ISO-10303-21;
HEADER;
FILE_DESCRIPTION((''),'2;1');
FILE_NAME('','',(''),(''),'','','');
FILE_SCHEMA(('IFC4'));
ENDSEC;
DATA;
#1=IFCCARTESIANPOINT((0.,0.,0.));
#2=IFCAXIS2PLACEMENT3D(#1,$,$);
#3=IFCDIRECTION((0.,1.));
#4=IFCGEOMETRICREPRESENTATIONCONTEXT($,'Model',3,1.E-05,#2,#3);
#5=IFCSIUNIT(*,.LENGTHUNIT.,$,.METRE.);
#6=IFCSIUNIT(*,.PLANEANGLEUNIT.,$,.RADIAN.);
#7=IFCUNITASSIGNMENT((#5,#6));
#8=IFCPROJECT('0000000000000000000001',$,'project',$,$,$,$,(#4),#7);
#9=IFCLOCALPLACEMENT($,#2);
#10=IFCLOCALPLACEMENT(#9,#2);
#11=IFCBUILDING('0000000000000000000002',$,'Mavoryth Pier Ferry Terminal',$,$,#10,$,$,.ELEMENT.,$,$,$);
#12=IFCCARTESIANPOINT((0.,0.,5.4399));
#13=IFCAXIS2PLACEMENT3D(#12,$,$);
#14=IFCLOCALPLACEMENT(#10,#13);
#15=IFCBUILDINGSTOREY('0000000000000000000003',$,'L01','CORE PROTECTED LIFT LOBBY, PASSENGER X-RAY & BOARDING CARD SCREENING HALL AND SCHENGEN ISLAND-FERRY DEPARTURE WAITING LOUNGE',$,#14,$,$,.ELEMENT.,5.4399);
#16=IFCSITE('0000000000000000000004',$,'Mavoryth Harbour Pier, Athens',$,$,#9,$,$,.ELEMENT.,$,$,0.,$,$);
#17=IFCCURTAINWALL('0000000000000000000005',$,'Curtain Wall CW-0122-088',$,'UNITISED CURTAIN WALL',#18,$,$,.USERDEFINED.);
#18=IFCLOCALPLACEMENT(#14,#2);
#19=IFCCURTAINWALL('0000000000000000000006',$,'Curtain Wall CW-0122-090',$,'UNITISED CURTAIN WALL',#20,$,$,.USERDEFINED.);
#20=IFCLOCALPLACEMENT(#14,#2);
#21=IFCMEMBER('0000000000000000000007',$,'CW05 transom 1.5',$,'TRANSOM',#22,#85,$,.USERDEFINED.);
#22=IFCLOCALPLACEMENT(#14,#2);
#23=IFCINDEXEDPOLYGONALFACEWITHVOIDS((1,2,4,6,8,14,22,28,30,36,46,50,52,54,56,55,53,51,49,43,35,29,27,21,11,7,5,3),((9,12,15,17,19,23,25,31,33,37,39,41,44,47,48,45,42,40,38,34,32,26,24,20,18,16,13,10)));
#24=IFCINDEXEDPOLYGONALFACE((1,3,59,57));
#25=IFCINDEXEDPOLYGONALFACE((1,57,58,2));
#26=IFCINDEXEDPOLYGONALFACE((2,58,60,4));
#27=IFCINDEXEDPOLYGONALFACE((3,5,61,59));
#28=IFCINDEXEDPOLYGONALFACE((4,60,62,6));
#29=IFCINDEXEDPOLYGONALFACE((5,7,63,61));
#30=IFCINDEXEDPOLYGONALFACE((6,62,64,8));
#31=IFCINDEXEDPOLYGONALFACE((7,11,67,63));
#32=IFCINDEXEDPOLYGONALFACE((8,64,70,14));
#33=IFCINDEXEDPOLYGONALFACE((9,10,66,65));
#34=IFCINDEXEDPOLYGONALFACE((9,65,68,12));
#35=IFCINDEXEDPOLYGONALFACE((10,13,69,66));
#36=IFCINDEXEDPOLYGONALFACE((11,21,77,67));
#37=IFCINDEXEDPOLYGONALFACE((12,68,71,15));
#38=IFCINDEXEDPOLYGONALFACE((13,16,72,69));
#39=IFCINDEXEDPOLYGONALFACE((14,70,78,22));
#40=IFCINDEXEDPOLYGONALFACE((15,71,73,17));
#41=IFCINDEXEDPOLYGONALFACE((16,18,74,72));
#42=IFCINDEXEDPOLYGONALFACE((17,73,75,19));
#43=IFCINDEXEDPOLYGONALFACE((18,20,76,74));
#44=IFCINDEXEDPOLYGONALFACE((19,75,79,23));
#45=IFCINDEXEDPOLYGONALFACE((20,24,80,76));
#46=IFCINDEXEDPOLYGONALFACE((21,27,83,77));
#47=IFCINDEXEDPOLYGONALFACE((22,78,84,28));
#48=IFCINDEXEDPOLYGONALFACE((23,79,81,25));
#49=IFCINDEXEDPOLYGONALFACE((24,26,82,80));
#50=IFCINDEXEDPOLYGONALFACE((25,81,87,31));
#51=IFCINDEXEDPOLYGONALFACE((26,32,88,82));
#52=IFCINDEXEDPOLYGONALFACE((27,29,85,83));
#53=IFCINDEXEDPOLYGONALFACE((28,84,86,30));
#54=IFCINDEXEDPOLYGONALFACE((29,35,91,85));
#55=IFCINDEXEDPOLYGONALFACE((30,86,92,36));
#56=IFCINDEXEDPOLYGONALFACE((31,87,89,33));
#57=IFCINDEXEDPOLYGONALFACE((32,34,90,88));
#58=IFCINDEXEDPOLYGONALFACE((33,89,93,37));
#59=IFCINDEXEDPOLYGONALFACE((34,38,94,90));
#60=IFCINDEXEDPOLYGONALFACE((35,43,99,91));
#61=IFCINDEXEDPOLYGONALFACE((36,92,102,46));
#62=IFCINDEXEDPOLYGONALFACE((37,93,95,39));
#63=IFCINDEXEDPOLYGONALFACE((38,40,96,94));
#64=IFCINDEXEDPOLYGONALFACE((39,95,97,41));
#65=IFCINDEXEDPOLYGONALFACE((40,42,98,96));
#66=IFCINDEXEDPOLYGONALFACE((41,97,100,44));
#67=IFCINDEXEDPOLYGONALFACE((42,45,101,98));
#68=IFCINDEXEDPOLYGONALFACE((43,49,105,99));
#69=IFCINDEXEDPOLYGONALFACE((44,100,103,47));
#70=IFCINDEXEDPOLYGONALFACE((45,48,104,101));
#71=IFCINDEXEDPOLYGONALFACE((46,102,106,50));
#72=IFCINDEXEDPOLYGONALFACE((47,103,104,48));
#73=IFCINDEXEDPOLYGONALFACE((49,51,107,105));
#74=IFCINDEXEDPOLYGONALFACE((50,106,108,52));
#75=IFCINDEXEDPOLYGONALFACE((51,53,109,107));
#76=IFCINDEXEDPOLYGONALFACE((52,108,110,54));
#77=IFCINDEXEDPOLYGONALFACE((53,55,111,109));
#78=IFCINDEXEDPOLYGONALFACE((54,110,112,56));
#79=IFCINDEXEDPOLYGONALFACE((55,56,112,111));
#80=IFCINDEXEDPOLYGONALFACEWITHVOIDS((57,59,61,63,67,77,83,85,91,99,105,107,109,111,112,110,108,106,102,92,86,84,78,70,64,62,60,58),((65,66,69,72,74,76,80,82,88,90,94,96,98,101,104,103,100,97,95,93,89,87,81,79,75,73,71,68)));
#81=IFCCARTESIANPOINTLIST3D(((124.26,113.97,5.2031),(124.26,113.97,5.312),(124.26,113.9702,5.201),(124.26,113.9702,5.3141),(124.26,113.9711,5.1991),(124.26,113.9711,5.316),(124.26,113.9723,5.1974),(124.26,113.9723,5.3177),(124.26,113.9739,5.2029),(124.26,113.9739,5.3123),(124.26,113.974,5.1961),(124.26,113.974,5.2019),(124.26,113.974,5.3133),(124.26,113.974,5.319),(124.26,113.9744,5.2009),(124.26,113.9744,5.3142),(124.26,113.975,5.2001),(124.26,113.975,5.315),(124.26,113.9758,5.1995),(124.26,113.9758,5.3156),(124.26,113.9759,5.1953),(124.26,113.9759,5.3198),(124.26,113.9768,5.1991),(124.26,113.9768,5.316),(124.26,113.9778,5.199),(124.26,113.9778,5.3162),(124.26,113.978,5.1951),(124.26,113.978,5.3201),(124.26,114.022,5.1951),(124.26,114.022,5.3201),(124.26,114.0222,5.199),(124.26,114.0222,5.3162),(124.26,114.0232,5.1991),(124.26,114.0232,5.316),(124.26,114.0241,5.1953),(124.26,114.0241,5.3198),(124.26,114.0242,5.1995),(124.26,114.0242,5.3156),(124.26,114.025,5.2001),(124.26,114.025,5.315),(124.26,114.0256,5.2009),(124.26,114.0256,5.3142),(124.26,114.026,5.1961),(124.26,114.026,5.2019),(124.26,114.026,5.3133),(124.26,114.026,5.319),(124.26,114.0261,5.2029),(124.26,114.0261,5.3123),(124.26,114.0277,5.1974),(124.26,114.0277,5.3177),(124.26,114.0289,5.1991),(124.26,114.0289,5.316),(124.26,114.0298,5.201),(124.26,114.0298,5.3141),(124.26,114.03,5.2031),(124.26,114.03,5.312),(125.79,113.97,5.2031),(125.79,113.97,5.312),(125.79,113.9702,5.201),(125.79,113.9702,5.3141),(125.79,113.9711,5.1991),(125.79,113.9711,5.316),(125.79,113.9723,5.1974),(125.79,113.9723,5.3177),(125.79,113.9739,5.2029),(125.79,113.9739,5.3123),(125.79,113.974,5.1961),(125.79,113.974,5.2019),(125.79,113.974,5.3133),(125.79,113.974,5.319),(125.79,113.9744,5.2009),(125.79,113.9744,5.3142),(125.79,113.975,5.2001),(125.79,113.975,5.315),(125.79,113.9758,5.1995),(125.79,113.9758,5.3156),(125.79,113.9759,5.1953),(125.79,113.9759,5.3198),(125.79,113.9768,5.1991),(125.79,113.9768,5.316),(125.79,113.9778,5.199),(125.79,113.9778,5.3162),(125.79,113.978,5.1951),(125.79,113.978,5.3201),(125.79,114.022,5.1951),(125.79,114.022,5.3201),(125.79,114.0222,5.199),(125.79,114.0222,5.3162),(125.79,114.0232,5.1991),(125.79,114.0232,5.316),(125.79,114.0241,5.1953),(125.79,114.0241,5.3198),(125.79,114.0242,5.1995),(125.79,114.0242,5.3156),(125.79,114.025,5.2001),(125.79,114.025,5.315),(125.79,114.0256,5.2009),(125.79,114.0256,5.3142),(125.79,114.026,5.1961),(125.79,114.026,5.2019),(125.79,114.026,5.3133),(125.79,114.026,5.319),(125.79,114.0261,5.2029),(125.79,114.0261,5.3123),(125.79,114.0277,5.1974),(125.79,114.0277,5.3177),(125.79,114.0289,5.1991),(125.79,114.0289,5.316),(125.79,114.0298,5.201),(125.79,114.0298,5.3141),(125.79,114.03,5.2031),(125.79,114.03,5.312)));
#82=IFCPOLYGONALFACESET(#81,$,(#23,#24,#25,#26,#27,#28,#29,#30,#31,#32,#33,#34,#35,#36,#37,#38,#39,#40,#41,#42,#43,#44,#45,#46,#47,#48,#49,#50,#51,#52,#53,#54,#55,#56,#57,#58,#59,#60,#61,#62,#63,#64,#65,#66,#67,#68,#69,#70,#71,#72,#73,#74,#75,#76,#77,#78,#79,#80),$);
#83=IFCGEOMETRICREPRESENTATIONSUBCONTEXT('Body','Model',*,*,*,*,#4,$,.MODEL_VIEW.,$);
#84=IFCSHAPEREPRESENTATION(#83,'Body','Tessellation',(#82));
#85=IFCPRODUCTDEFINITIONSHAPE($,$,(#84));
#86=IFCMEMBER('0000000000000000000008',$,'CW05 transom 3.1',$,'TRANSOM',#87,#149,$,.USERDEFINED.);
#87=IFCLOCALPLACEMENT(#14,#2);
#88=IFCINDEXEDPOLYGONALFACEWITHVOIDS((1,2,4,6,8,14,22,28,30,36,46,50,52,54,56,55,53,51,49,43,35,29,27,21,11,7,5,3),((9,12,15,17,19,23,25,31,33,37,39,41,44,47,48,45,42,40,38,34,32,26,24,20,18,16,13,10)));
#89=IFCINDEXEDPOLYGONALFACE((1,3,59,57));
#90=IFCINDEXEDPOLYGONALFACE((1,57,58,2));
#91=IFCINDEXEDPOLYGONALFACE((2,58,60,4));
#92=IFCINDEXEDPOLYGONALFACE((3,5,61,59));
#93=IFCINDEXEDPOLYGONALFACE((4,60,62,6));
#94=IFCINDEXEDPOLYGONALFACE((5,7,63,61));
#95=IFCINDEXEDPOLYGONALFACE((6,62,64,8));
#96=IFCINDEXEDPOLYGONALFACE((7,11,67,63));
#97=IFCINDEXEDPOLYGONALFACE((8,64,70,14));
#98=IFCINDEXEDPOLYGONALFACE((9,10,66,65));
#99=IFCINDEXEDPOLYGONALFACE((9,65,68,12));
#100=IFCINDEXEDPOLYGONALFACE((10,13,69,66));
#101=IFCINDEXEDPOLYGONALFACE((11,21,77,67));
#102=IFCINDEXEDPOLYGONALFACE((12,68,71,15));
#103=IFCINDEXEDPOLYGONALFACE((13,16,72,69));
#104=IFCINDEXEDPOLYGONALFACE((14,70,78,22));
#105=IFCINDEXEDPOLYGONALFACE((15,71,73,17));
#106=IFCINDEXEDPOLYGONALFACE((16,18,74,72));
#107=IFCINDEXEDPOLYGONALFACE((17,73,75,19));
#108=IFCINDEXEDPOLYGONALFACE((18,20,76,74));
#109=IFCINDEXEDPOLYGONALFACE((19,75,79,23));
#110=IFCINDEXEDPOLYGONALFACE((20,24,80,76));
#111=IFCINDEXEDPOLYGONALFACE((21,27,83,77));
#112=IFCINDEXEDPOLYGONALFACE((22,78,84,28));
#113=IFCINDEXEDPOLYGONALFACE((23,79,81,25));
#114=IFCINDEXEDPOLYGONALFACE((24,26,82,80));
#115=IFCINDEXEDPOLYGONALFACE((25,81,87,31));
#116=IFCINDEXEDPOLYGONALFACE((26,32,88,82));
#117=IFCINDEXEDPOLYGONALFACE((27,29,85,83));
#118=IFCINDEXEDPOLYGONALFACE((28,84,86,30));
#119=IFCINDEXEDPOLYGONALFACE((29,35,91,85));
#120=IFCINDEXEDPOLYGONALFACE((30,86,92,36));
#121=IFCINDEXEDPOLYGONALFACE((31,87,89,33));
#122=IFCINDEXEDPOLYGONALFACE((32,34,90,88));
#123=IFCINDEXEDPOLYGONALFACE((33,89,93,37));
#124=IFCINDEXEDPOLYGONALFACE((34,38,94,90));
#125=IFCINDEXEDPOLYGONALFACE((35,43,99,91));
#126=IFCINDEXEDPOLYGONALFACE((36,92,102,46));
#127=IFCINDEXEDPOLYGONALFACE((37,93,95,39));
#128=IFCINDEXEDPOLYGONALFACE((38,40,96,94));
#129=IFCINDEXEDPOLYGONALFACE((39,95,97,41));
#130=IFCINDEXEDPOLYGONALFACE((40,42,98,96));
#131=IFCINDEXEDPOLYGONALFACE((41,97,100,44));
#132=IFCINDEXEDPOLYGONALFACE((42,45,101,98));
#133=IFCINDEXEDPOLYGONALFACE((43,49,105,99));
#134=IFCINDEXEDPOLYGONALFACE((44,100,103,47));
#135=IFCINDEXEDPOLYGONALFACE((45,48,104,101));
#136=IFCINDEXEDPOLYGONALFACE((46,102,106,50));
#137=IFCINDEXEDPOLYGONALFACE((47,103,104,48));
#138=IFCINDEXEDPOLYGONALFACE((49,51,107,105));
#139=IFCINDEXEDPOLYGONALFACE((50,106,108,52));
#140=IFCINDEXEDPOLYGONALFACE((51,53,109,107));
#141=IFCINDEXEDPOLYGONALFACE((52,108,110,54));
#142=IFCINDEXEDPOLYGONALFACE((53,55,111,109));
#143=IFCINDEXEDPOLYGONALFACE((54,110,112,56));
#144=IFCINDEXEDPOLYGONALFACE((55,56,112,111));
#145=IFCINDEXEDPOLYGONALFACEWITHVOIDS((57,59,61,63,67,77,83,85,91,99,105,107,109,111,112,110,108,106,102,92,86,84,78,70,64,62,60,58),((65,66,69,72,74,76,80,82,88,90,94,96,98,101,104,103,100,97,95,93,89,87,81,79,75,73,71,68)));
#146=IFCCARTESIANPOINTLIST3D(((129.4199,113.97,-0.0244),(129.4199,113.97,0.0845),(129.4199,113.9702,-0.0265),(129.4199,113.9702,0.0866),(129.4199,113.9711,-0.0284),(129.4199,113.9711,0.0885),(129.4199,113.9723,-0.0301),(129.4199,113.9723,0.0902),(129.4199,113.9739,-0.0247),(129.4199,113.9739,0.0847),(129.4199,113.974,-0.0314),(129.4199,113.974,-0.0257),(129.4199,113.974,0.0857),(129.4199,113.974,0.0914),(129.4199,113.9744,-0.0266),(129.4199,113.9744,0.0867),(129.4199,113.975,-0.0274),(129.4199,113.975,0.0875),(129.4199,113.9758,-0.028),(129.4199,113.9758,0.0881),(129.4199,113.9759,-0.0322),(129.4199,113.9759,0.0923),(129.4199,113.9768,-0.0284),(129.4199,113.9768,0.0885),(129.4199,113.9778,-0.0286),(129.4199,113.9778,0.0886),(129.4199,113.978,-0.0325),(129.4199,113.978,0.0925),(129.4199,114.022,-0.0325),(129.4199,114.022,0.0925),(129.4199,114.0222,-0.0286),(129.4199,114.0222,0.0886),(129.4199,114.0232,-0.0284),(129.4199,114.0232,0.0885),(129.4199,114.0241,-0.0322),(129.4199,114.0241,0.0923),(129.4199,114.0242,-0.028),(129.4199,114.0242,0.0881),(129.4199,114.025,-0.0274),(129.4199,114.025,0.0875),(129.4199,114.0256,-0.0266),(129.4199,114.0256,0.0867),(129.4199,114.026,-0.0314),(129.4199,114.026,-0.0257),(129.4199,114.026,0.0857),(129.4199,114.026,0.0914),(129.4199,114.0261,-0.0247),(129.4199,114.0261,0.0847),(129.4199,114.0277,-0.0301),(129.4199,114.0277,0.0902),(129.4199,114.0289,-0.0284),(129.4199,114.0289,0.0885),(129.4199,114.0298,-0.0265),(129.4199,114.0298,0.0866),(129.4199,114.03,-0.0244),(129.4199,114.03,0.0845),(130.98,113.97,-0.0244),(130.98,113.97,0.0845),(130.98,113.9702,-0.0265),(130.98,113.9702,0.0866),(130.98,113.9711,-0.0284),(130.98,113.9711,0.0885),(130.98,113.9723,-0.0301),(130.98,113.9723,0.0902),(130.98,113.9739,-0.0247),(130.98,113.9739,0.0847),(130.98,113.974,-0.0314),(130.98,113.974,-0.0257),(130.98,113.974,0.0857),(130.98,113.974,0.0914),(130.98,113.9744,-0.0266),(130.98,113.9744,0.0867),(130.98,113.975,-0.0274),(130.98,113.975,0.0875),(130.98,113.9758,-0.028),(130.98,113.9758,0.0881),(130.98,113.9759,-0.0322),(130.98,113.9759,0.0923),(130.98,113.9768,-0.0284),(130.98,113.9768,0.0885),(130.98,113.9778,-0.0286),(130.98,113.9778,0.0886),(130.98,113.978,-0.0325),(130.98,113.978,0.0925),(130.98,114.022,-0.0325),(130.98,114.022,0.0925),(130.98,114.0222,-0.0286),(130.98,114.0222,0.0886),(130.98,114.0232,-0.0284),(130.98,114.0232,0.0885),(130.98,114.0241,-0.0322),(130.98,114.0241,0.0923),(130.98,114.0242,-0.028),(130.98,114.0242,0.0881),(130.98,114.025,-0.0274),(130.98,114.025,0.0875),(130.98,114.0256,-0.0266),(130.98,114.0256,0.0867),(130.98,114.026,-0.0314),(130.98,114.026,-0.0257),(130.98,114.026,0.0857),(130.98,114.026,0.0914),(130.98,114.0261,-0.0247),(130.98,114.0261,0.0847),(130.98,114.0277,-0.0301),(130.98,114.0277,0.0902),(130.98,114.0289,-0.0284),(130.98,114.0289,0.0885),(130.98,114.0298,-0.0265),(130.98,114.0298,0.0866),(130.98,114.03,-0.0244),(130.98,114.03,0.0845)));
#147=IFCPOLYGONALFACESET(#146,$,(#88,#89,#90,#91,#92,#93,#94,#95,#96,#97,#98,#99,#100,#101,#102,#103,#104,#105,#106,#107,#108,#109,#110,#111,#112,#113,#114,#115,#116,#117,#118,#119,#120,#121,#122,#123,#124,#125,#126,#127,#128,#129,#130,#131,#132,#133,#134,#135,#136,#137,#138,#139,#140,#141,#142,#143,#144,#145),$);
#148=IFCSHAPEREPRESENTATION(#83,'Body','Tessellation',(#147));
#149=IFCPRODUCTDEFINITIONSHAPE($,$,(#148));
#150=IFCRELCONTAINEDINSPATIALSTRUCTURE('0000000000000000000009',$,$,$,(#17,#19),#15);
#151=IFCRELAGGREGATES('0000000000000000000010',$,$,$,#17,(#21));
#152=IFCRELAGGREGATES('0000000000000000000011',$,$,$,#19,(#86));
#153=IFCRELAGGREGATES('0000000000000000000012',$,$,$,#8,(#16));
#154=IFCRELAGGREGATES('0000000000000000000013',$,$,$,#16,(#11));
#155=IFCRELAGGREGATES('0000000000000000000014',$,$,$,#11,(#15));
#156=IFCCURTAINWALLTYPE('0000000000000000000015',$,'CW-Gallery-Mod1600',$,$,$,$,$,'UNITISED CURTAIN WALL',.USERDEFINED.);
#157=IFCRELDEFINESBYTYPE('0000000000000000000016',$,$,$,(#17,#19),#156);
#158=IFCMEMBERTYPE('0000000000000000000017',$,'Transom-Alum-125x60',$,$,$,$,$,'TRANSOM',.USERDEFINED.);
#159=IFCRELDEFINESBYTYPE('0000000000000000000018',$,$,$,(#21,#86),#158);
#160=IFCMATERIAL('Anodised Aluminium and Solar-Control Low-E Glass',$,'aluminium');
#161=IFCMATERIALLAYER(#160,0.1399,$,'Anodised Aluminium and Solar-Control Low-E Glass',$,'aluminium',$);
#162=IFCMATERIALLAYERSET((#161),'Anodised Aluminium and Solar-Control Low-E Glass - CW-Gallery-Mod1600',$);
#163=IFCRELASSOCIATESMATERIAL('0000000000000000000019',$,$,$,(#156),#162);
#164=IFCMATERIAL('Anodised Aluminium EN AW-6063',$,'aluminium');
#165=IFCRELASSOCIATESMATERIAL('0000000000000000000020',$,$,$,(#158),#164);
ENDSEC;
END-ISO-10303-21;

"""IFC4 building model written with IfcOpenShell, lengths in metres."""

from ifc_helpers import new_model, si_unit, direction, frame, origin, origin_2d, place, context, subcontext, project, spatial, hollow_rectangle, extrude, material, layer, layer_set, material_profile, profile_set, type_object, element, aggregate, save


model = new_model("IFC4")

# Units and contexts
model_context = context("Model", 3, precision=1e-05, world=origin(), true_north=direction((0.0, 1.0)))
body_context = subcontext(model_context, "Body", "Model", "MODEL_VIEW")
ifc_project = project(units=[si_unit("LENGTHUNIT", "METRE"), si_unit("PLANEANGLEUNIT", "RADIAN")], contexts=[model_context])

# Site, building, storey
site_placement = place(None, origin())
site = spatial("IfcSite", under=ifc_project, at=site_placement, Name="Mavoryth Harbour Pier, Athens", CompositionType="ELEMENT", RefElevation=0.0)
building_placement = place(site_placement, origin())
building = spatial("IfcBuilding", under=site, at=building_placement, Name="Mavoryth Pier Ferry Terminal", CompositionType="ELEMENT")
storey_placement = place(building_placement, frame((0.0, 0.0, 5.4399)))
storey = spatial("IfcBuildingStorey", under=building, at=storey_placement, Name="L01", Description="CORE PROTECTED LIFT LOBBY, PASSENGER X-RAY & BOARDING CARD SCREENING HALL AND SCHENGEN ISLAND-FERRY DEPARTURE WAITING LOUNGE", CompositionType="ELEMENT", Elevation=5.4399)

# Curtain wall
ifc_material_1 = material(Name="Anodised Aluminium and Solar-Control Low-E Glass", Category="aluminium")
ifc_layer_1 = layer(ifc_material_1, 0.1399, Name="Anodised Aluminium and Solar-Control Low-E Glass", Category="aluminium")
ifc_layer_set_1 = layer_set([ifc_layer_1], Name="Anodised Aluminium and Solar-Control Low-E Glass - CW-Gallery-Mod1600")
curtain_wall_type = type_object("IfcCurtainWallType", Name="CW-Gallery-Mod1600", ElementType="UNITISED CURTAIN WALL", PredefinedType="USERDEFINED", material=ifc_layer_set_1)
curtain_wall_1_placement = place(storey_placement, origin())
curtain_wall_1 = element("IfcCurtainWall", 1, at=curtain_wall_1_placement, inside=storey, type_object=curtain_wall_type, Name="Curtain Wall CW-0122-088", ObjectType="UNITISED CURTAIN WALL", PredefinedType="USERDEFINED")
ifc_material_2 = material(Name="Anodised Aluminium EN AW-6063", Category="aluminium")

# Curtain wall
curtain_wall_2_placement = place(storey_placement, origin())
curtain_wall_2 = element("IfcCurtainWall", 2, at=curtain_wall_2_placement, inside=storey, type_object=curtain_wall_type, Name="Curtain Wall CW-0122-090", ObjectType="UNITISED CURTAIN WALL", PredefinedType="USERDEFINED")

# Members
ifc_material_profile_1 = material_profile(ifc_material_2, hollow_rectangle(XDim=0.0601, YDim=0.125, WallThickness=0.0039, InnerFilletRadius=0.0039, OuterFilletRadius=0.0081, at=origin_2d()), Name="AL-TRAN 125x60x4", Category="aluminium")
ifc_profile_set_1 = profile_set([ifc_material_profile_1], Name="Anodised Aluminium EN AW-6063 - AL-TRAN 125x60x4")
member_type_1 = type_object("IfcMemberType", Name="Transom-Alum-125x60", ElementType="TRANSOM", PredefinedType="USERDEFINED", material=ifc_profile_set_1)
member_1_placement = place(storey_placement, frame((125.79, 114.0, 5.2576), z_axis=(-1.0, 0.0, 0.0), x_axis=(0.0, -1.0, 0.0)))
member_1 = element("IfcMember", 3, at=member_1_placement, type_object=member_type_1, Name="CW05 transom 1.5", ObjectType="TRANSOM", PredefinedType="USERDEFINED", context=body_context, shape_type="SweptSolid", body=[
    extrude(hollow_rectangle(XDim=0.0601, YDim=0.125, WallThickness=0.0039, InnerFilletRadius=0.0039, OuterFilletRadius=0.0081, at=origin_2d()), origin(), (0.0, 0.0, 1.0), 1.53),
])
member_2_placement = place(storey_placement, frame((130.98, 114.0, 0.03), z_axis=(-1.0, 0.0, 0.0), x_axis=(0.0, -1.0, 0.0)))
member_2 = element("IfcMember", 4, at=member_2_placement, type_object=member_type_1, Name="CW05 transom 3.1", ObjectType="TRANSOM", PredefinedType="USERDEFINED", context=body_context, shape_type="SweptSolid", body=[
    extrude(hollow_rectangle(XDim=0.0601, YDim=0.125, WallThickness=0.0039, InnerFilletRadius=0.0039, OuterFilletRadius=0.0081, at=origin_2d()), origin(), (0.0, 0.0, 1.0), 1.5601),
])

aggregate(curtain_wall_1, [member_1])
aggregate(curtain_wall_2, [member_2])

save(model, "model.ifc")
